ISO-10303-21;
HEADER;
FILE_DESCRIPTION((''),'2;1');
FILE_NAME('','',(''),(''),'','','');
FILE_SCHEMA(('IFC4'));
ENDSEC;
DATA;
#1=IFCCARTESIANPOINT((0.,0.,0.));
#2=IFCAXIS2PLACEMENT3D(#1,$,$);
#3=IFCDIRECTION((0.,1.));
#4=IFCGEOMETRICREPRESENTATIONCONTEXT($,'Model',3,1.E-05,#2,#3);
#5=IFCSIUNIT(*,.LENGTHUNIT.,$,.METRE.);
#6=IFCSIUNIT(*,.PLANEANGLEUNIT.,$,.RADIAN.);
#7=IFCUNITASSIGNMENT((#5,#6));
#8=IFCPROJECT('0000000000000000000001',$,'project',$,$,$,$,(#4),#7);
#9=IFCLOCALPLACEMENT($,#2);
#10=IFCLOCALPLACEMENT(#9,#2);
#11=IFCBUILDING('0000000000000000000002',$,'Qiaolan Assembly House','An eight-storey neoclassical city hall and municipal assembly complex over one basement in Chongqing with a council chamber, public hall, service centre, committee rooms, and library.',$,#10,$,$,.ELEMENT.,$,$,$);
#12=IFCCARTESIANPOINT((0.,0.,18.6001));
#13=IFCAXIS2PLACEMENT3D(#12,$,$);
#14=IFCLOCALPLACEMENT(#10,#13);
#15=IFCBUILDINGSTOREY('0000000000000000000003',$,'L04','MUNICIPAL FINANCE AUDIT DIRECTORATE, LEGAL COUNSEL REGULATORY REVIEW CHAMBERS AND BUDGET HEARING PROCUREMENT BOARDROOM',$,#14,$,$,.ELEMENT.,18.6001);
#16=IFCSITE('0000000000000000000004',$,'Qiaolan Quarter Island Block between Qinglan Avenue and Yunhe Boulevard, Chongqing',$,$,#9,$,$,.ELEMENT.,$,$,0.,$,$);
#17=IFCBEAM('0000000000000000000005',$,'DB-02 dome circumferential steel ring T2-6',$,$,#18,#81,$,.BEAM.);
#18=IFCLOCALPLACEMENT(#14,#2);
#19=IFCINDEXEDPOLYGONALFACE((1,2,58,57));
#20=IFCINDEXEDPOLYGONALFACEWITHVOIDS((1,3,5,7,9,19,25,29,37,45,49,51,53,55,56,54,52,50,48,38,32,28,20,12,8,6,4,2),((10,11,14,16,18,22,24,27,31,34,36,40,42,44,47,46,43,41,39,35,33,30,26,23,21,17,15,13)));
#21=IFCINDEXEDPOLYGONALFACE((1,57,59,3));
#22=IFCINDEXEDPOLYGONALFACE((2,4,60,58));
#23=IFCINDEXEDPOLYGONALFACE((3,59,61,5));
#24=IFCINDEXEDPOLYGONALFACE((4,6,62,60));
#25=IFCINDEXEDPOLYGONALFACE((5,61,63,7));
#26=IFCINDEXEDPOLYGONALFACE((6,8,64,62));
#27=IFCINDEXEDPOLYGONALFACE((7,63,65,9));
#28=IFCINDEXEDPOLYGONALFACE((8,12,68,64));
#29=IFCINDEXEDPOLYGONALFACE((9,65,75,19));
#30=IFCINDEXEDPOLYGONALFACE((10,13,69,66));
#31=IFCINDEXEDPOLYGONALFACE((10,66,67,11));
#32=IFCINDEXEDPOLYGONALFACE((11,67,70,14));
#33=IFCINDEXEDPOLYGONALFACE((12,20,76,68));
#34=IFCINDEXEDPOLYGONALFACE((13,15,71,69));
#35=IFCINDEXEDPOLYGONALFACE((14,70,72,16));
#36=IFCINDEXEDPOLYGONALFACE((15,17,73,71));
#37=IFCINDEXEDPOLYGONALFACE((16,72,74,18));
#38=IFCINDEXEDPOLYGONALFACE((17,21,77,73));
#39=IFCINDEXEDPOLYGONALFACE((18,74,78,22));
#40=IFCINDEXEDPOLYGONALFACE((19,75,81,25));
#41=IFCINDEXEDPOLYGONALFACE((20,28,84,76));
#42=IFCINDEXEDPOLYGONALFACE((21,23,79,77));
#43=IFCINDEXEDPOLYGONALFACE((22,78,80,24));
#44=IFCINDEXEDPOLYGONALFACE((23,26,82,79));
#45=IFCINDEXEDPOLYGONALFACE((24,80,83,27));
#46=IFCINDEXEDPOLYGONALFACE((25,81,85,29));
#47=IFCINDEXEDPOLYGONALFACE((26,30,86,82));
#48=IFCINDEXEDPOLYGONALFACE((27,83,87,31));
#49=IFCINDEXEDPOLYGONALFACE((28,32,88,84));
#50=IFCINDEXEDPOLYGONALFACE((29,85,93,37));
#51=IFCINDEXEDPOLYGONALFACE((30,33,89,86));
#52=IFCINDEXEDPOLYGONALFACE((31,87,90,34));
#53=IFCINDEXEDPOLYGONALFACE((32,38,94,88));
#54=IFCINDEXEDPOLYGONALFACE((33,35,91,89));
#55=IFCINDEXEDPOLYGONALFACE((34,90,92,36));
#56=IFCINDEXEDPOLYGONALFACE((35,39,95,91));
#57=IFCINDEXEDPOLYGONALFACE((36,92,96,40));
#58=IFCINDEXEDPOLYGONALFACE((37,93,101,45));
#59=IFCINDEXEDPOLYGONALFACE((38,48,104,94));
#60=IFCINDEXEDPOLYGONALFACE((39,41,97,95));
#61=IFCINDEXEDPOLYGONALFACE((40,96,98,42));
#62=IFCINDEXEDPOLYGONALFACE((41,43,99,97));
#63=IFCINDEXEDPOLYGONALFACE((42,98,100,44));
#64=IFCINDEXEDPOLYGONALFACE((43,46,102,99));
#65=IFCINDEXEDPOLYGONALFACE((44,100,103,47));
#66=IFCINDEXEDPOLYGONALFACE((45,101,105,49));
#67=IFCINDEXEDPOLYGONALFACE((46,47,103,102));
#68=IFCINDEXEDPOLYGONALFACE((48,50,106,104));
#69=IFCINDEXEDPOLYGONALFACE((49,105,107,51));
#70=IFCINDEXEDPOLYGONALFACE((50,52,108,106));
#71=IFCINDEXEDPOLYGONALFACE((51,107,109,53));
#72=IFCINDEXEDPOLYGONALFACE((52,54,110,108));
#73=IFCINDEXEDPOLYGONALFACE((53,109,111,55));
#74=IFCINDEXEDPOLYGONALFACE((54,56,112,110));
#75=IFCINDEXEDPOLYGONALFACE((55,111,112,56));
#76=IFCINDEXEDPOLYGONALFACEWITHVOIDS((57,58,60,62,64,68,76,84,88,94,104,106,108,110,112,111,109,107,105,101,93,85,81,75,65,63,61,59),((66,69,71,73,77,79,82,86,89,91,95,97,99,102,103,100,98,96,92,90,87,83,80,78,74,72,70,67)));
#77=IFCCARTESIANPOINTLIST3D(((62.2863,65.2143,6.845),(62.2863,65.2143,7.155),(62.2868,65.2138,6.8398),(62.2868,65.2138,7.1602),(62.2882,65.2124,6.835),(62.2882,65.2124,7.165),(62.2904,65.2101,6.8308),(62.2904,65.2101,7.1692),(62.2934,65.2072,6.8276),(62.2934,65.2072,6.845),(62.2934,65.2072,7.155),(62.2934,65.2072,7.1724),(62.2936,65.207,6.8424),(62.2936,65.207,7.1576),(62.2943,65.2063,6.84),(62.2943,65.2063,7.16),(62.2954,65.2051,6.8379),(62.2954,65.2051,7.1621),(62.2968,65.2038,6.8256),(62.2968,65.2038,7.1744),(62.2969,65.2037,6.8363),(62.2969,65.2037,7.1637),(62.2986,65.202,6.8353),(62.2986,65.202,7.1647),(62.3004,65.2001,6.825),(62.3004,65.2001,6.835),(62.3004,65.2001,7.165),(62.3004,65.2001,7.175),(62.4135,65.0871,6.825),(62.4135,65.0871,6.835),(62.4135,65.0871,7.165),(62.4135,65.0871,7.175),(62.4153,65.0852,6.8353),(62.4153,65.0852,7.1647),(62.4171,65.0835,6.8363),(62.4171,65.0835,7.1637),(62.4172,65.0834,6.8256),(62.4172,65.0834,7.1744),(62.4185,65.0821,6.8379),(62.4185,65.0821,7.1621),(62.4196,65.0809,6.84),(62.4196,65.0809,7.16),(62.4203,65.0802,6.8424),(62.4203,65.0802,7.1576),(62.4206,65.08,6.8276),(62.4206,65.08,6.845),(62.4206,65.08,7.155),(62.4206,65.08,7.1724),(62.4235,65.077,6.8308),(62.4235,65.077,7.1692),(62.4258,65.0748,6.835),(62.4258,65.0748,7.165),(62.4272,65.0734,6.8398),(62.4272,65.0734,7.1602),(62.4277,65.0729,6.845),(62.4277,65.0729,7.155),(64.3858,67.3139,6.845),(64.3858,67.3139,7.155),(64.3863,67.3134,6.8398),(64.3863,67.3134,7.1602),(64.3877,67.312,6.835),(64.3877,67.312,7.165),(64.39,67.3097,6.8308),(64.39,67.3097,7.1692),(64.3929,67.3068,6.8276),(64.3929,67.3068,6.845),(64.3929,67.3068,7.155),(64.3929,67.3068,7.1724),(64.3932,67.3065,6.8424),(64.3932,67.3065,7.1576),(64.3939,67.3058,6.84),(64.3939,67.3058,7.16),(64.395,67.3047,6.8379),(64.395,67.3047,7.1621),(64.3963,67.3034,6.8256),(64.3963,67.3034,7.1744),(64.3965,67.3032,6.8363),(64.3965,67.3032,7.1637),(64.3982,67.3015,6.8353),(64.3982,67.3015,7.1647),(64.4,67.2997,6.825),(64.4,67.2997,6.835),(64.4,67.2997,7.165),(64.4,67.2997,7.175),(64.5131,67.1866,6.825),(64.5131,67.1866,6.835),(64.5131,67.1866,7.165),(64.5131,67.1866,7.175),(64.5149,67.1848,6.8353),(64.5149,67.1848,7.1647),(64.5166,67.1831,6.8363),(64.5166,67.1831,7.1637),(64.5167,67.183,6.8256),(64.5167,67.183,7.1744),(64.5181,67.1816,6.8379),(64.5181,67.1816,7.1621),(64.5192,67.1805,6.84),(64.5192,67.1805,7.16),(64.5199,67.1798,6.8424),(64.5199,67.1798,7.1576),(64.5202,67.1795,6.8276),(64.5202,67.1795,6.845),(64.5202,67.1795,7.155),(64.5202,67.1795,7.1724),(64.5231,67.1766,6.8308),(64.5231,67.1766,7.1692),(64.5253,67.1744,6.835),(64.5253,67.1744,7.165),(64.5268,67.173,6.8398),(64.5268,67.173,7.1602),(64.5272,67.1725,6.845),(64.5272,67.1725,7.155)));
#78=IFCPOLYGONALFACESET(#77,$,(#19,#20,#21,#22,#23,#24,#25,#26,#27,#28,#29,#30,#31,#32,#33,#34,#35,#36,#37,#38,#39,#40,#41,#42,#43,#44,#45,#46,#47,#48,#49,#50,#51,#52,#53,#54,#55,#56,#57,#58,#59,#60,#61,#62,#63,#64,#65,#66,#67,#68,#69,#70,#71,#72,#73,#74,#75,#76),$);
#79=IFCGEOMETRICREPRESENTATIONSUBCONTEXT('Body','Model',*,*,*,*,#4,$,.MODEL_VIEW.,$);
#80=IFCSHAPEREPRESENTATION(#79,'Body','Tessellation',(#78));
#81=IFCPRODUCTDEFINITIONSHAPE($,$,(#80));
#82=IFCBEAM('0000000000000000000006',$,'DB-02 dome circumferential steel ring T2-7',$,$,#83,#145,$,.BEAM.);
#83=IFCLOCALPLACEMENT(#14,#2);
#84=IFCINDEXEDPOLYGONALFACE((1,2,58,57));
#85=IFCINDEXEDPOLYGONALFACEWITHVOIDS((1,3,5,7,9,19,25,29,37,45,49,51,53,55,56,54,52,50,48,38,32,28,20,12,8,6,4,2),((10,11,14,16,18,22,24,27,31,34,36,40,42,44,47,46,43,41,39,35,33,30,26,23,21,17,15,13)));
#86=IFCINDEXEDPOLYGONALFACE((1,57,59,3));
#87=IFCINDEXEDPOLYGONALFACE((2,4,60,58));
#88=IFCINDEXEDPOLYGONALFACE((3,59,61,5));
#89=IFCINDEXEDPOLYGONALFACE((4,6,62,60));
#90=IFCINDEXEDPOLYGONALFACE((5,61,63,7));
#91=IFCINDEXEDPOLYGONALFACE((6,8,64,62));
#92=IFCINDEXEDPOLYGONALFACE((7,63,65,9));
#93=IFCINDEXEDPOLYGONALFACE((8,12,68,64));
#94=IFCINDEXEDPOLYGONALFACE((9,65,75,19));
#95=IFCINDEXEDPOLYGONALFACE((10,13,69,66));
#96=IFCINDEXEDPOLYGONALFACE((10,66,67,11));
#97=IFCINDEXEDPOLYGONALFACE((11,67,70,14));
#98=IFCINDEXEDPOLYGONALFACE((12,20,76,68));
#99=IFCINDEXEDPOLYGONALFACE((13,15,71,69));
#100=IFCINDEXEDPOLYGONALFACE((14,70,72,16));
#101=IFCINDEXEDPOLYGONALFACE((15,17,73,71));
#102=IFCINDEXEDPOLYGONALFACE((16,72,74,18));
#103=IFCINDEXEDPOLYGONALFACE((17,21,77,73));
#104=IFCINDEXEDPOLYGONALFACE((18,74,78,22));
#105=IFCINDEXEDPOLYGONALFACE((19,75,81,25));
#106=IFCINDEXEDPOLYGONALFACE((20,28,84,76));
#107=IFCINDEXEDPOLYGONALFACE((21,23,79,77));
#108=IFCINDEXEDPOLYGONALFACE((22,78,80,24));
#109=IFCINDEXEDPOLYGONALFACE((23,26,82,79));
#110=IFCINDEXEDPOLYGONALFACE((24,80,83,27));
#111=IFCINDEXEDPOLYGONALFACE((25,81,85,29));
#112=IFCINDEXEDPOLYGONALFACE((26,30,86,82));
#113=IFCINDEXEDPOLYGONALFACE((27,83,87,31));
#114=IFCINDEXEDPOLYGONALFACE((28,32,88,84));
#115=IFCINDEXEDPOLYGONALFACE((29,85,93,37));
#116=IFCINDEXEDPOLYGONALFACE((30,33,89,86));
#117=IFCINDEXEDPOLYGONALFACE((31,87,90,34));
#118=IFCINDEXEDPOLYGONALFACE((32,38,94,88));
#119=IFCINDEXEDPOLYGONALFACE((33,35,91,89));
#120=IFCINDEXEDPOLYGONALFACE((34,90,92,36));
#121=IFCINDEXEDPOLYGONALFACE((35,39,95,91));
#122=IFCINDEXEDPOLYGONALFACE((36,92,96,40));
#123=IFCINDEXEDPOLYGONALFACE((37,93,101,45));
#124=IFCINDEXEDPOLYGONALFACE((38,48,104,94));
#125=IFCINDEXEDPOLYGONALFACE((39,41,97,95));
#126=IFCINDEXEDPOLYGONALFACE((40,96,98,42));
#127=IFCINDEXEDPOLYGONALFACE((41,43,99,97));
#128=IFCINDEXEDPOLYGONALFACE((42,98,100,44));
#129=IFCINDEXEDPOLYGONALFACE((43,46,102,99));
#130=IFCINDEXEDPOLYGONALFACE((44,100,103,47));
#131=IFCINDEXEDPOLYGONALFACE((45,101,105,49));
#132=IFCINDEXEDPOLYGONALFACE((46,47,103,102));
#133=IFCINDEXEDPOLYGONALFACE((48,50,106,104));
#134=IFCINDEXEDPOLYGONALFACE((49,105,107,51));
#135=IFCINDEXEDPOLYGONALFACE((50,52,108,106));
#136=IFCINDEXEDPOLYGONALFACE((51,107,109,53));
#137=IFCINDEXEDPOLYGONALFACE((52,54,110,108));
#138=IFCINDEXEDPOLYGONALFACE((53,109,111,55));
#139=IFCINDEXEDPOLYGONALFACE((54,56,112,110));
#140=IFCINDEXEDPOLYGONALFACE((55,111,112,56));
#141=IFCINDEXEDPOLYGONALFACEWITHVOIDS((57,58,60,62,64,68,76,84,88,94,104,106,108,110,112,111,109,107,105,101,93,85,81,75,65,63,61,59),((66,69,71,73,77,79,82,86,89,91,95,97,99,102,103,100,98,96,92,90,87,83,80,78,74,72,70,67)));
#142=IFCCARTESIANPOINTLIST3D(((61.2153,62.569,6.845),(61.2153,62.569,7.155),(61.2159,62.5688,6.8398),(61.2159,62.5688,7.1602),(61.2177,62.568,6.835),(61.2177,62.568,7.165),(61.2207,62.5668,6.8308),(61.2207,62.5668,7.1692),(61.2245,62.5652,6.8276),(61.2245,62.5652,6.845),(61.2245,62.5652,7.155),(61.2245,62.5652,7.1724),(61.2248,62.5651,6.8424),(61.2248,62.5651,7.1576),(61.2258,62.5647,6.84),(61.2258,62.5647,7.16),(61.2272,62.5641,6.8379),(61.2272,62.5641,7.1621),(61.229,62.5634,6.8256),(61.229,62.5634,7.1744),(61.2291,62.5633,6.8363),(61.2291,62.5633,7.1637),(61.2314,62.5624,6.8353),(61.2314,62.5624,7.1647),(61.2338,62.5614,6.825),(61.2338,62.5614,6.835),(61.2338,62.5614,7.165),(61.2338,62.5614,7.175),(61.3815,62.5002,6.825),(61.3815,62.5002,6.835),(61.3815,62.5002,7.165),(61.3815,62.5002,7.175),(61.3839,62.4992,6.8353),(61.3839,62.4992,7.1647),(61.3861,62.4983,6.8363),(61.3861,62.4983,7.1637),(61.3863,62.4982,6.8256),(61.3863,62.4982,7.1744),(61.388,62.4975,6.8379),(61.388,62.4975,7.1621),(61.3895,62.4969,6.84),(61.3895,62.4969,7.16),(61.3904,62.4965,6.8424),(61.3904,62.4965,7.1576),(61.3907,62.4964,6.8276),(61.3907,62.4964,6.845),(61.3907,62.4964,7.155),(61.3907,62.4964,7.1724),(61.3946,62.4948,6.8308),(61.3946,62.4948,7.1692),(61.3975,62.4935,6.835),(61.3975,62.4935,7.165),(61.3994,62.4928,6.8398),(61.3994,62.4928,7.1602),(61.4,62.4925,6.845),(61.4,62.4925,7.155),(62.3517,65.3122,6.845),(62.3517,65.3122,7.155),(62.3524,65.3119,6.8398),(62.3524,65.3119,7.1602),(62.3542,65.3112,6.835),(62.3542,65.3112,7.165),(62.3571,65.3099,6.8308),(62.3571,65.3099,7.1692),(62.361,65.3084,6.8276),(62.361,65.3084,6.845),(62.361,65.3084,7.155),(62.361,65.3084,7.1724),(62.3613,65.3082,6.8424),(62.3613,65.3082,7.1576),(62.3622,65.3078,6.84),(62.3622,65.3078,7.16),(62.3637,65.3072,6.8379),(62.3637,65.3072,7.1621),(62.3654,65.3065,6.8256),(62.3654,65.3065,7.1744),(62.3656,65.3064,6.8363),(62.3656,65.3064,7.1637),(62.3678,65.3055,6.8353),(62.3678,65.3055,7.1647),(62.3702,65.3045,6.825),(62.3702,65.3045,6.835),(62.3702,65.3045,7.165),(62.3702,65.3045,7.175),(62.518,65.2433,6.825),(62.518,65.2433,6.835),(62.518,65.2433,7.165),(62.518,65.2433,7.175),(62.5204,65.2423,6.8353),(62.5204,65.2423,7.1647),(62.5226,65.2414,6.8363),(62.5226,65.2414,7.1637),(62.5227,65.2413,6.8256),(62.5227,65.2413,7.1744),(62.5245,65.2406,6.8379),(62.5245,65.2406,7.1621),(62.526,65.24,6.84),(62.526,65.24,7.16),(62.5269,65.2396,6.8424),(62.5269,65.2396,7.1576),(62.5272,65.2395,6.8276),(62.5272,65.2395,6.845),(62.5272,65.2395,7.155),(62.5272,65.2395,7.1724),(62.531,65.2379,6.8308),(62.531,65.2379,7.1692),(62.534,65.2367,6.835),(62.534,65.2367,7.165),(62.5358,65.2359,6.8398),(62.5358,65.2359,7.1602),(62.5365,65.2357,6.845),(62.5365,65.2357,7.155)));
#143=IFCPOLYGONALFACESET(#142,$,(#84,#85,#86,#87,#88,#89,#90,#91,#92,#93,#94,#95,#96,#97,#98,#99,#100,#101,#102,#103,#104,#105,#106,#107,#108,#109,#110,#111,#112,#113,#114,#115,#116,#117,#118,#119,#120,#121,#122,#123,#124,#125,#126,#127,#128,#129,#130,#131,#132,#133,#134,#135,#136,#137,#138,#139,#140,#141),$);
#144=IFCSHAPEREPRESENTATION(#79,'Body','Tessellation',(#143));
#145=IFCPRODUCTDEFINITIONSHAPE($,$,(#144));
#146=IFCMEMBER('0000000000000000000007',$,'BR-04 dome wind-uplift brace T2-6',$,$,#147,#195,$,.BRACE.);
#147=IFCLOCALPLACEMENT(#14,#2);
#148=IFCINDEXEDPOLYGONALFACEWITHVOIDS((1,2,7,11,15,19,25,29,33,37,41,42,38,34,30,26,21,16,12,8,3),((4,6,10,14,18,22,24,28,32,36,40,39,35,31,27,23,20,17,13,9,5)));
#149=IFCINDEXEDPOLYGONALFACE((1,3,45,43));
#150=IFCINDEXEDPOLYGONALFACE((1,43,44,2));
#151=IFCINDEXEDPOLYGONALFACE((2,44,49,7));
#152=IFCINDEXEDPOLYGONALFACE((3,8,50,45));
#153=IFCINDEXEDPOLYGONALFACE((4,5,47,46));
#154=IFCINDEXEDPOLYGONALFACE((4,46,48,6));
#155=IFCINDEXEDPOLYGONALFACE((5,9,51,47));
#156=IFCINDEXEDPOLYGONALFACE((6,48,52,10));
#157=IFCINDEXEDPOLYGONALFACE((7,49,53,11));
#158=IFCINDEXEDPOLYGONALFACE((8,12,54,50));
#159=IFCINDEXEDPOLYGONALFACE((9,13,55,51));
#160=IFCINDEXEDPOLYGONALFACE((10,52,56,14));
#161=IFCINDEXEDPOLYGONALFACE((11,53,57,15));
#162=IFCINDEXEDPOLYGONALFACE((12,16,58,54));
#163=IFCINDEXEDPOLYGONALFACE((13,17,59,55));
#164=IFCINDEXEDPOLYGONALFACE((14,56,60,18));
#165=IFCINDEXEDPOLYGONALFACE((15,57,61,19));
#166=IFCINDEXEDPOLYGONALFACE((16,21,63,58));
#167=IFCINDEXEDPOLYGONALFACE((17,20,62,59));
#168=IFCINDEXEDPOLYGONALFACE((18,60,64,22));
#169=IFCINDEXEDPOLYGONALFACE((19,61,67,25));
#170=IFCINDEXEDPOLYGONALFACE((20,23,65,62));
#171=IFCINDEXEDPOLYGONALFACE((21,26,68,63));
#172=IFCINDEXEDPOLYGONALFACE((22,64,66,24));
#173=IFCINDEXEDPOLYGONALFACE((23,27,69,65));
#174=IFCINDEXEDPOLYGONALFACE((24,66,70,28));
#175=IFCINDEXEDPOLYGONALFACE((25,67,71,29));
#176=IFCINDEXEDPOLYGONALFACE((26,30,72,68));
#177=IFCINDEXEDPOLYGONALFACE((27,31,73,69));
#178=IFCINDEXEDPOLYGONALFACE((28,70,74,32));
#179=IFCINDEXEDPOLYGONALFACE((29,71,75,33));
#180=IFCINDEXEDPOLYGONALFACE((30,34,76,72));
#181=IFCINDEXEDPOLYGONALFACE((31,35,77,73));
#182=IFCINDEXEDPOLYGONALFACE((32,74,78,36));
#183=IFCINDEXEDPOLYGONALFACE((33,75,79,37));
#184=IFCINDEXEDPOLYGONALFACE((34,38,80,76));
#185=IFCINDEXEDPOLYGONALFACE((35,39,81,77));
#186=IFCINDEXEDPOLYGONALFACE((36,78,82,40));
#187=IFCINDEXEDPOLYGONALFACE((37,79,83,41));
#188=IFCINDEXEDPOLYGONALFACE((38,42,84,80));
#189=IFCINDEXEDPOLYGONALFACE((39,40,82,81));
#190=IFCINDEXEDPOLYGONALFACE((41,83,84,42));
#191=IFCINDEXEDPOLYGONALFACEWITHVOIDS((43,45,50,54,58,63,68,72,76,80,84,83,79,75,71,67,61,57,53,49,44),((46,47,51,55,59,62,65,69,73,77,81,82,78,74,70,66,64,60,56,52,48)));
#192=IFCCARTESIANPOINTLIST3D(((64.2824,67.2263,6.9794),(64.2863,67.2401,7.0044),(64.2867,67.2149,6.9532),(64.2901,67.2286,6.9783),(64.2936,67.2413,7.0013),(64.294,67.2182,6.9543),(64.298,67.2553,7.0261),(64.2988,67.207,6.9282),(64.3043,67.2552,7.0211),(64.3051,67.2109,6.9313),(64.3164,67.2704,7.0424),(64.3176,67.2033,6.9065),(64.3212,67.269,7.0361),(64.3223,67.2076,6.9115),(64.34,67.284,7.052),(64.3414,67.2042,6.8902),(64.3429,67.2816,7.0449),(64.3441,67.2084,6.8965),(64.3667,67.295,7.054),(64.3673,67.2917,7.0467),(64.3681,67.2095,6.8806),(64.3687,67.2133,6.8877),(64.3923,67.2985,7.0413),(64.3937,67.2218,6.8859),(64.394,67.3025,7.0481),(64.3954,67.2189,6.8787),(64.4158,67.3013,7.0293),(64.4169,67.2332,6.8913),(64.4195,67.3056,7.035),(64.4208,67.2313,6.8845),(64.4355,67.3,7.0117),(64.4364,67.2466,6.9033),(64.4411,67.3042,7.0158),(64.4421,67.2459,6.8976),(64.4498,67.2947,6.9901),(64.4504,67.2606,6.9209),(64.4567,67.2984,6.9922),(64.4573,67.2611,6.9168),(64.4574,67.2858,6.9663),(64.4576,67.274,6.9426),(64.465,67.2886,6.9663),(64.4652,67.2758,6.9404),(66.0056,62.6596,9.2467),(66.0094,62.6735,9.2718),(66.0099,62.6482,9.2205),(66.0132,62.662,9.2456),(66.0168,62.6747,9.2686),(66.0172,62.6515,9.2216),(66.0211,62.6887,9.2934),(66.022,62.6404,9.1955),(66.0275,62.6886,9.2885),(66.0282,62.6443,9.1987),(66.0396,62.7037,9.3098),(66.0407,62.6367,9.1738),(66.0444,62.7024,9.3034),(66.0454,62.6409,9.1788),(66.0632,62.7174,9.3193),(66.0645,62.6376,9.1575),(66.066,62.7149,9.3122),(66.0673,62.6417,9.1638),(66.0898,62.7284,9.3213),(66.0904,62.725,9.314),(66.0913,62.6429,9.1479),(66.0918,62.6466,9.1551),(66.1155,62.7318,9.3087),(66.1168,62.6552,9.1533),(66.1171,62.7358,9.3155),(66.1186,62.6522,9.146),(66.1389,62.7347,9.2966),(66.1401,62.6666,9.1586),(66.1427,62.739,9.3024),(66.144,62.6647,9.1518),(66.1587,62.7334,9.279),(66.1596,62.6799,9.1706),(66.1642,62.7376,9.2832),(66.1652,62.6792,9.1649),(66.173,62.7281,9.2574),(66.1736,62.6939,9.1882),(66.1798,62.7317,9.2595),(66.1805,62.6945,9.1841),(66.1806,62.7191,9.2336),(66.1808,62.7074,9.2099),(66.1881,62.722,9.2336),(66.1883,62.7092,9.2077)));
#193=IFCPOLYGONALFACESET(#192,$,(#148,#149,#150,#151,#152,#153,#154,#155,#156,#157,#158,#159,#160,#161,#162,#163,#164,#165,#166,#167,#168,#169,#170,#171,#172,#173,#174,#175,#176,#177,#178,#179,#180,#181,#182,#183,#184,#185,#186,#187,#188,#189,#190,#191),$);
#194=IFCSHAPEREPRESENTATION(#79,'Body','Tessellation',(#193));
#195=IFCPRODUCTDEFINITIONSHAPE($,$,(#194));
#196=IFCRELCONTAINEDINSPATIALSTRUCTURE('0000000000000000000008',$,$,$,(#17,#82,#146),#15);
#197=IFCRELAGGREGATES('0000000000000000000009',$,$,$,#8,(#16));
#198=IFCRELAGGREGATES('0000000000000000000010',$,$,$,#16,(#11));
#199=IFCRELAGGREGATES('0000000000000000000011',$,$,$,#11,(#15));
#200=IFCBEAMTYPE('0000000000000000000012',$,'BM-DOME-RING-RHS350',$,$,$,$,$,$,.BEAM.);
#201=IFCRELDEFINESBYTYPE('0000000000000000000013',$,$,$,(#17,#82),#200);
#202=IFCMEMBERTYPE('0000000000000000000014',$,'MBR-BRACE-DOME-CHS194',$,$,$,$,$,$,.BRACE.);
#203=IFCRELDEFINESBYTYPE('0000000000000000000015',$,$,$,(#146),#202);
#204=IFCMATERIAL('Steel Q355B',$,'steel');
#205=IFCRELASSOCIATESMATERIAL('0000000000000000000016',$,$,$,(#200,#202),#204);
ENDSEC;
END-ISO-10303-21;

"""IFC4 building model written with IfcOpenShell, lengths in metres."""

from ifc_helpers import new_model, si_unit, direction, frame, origin, origin_2d, place, context, subcontext, project, spatial, hollow_rectangle, hollow_circle, extrude, material, material_profile, profile_set, type_object, element, save


model = new_model("IFC4")

# Units and contexts
model_context = context("Model", 3, precision=1e-05, world=origin(), true_north=direction((0.0, 1.0)))
body_context = subcontext(model_context, "Body", "Model", "MODEL_VIEW")
ifc_project = project(units=[si_unit("LENGTHUNIT", "METRE"), si_unit("PLANEANGLEUNIT", "RADIAN")], contexts=[model_context])

# Site, building, storey
site_placement = place(None, origin())
site = spatial("IfcSite", under=ifc_project, at=site_placement, Name="Qiaolan Quarter Island Block between Qinglan Avenue and Yunhe Boulevard, Chongqing", CompositionType="ELEMENT", RefElevation=0.0)
building_placement = place(site_placement, origin())
building = spatial("IfcBuilding", under=site, at=building_placement, Name="Qiaolan Assembly House", Description="An eight-storey neoclassical city hall and municipal assembly complex over one basement in Chongqing with a council chamber, public hall, service centre, committee rooms, and library.", CompositionType="ELEMENT")
storey_placement = place(building_placement, frame((0.0, 0.0, 18.6001)))
storey = spatial("IfcBuildingStorey", under=building, at=storey_placement, Name="L04", Description="MUNICIPAL FINANCE AUDIT DIRECTORATE, LEGAL COUNSEL REGULATORY REVIEW CHAMBERS AND BUDGET HEARING PROCUREMENT BOARDROOM", CompositionType="ELEMENT", Elevation=18.6001)

# Beams
ifc_material_1 = material(Name="Steel Q355B", Category="steel")
ifc_material_profile_1 = material_profile(ifc_material_1, hollow_rectangle(XDim=0.2, YDim=0.3501, WallThickness=0.01, InnerFilletRadius=0.01, OuterFilletRadius=0.02, at=origin_2d()), Name="RHS 350x200x10")
ifc_profile_set_1 = profile_set([ifc_material_profile_1], Name="Steel Q355B")
beam_type_1 = type_object("IfcBeamType", Name="BM-DOME-RING-RHS350", PredefinedType="BEAM", material=ifc_profile_set_1)
for number, where, z_axis, x_axis, name in (
    (1, (64.4565, 67.2432, 7.0), (-0.707107, -0.707107, 0.0), (0.707107, -0.707107, 0.0), "DB-02 dome circumferential steel ring T2-6"),
    (2, (62.4441, 65.2739, 7.0), (-0.382746, -0.923853, 0.0), (0.923853, -0.382746, 0.0), "DB-02 dome circumferential steel ring T2-7"),
):
    element("IfcBeam", number, at=place(storey_placement, frame(where, z_axis=z_axis, x_axis=x_axis)), inside=storey, type_object=beam_type_1, Name=name, PredefinedType="BEAM", context=body_context, shape_type="SweptSolid", body=[
        extrude(hollow_rectangle(XDim=0.2, YDim=0.3501, WallThickness=0.01, InnerFilletRadius=0.01, OuterFilletRadius=0.02, at=origin_2d()), origin(), (0.0, 0.0, 1.0), 2.9692),
    ])

# Member
ifc_material_profile_2 = material_profile(ifc_material_1, hollow_circle(Radius=0.0969, WallThickness=0.0081, at=origin_2d()), Name="CHS 194x8")
ifc_profile_set_2 = profile_set([ifc_material_profile_2], Name="Steel Q355B")
member_type_1 = type_object("IfcMemberType", Name="MBR-BRACE-DOME-CHS194", PredefinedType="BRACE", material=ifc_profile_set_2)
member_1_placement = place(storey_placement, frame((64.3743, 67.2544, 6.9663), z_axis=(0.320177, -0.848528, 0.421293), x_axis=(0.93561, 0.353036, 0.0)))
element("IfcMember", 3, at=member_1_placement, inside=storey, type_object=member_type_1, Name="BR-04 dome wind-uplift brace T2-6", PredefinedType="BRACE", context=body_context, shape_type="SweptSolid", body=[
    extrude(hollow_circle(Radius=0.0969, WallThickness=0.0081, at=origin_2d()), origin(), (0.0, 0.0, 1.0), 5.3818),
])

save(model, "model.ifc")
